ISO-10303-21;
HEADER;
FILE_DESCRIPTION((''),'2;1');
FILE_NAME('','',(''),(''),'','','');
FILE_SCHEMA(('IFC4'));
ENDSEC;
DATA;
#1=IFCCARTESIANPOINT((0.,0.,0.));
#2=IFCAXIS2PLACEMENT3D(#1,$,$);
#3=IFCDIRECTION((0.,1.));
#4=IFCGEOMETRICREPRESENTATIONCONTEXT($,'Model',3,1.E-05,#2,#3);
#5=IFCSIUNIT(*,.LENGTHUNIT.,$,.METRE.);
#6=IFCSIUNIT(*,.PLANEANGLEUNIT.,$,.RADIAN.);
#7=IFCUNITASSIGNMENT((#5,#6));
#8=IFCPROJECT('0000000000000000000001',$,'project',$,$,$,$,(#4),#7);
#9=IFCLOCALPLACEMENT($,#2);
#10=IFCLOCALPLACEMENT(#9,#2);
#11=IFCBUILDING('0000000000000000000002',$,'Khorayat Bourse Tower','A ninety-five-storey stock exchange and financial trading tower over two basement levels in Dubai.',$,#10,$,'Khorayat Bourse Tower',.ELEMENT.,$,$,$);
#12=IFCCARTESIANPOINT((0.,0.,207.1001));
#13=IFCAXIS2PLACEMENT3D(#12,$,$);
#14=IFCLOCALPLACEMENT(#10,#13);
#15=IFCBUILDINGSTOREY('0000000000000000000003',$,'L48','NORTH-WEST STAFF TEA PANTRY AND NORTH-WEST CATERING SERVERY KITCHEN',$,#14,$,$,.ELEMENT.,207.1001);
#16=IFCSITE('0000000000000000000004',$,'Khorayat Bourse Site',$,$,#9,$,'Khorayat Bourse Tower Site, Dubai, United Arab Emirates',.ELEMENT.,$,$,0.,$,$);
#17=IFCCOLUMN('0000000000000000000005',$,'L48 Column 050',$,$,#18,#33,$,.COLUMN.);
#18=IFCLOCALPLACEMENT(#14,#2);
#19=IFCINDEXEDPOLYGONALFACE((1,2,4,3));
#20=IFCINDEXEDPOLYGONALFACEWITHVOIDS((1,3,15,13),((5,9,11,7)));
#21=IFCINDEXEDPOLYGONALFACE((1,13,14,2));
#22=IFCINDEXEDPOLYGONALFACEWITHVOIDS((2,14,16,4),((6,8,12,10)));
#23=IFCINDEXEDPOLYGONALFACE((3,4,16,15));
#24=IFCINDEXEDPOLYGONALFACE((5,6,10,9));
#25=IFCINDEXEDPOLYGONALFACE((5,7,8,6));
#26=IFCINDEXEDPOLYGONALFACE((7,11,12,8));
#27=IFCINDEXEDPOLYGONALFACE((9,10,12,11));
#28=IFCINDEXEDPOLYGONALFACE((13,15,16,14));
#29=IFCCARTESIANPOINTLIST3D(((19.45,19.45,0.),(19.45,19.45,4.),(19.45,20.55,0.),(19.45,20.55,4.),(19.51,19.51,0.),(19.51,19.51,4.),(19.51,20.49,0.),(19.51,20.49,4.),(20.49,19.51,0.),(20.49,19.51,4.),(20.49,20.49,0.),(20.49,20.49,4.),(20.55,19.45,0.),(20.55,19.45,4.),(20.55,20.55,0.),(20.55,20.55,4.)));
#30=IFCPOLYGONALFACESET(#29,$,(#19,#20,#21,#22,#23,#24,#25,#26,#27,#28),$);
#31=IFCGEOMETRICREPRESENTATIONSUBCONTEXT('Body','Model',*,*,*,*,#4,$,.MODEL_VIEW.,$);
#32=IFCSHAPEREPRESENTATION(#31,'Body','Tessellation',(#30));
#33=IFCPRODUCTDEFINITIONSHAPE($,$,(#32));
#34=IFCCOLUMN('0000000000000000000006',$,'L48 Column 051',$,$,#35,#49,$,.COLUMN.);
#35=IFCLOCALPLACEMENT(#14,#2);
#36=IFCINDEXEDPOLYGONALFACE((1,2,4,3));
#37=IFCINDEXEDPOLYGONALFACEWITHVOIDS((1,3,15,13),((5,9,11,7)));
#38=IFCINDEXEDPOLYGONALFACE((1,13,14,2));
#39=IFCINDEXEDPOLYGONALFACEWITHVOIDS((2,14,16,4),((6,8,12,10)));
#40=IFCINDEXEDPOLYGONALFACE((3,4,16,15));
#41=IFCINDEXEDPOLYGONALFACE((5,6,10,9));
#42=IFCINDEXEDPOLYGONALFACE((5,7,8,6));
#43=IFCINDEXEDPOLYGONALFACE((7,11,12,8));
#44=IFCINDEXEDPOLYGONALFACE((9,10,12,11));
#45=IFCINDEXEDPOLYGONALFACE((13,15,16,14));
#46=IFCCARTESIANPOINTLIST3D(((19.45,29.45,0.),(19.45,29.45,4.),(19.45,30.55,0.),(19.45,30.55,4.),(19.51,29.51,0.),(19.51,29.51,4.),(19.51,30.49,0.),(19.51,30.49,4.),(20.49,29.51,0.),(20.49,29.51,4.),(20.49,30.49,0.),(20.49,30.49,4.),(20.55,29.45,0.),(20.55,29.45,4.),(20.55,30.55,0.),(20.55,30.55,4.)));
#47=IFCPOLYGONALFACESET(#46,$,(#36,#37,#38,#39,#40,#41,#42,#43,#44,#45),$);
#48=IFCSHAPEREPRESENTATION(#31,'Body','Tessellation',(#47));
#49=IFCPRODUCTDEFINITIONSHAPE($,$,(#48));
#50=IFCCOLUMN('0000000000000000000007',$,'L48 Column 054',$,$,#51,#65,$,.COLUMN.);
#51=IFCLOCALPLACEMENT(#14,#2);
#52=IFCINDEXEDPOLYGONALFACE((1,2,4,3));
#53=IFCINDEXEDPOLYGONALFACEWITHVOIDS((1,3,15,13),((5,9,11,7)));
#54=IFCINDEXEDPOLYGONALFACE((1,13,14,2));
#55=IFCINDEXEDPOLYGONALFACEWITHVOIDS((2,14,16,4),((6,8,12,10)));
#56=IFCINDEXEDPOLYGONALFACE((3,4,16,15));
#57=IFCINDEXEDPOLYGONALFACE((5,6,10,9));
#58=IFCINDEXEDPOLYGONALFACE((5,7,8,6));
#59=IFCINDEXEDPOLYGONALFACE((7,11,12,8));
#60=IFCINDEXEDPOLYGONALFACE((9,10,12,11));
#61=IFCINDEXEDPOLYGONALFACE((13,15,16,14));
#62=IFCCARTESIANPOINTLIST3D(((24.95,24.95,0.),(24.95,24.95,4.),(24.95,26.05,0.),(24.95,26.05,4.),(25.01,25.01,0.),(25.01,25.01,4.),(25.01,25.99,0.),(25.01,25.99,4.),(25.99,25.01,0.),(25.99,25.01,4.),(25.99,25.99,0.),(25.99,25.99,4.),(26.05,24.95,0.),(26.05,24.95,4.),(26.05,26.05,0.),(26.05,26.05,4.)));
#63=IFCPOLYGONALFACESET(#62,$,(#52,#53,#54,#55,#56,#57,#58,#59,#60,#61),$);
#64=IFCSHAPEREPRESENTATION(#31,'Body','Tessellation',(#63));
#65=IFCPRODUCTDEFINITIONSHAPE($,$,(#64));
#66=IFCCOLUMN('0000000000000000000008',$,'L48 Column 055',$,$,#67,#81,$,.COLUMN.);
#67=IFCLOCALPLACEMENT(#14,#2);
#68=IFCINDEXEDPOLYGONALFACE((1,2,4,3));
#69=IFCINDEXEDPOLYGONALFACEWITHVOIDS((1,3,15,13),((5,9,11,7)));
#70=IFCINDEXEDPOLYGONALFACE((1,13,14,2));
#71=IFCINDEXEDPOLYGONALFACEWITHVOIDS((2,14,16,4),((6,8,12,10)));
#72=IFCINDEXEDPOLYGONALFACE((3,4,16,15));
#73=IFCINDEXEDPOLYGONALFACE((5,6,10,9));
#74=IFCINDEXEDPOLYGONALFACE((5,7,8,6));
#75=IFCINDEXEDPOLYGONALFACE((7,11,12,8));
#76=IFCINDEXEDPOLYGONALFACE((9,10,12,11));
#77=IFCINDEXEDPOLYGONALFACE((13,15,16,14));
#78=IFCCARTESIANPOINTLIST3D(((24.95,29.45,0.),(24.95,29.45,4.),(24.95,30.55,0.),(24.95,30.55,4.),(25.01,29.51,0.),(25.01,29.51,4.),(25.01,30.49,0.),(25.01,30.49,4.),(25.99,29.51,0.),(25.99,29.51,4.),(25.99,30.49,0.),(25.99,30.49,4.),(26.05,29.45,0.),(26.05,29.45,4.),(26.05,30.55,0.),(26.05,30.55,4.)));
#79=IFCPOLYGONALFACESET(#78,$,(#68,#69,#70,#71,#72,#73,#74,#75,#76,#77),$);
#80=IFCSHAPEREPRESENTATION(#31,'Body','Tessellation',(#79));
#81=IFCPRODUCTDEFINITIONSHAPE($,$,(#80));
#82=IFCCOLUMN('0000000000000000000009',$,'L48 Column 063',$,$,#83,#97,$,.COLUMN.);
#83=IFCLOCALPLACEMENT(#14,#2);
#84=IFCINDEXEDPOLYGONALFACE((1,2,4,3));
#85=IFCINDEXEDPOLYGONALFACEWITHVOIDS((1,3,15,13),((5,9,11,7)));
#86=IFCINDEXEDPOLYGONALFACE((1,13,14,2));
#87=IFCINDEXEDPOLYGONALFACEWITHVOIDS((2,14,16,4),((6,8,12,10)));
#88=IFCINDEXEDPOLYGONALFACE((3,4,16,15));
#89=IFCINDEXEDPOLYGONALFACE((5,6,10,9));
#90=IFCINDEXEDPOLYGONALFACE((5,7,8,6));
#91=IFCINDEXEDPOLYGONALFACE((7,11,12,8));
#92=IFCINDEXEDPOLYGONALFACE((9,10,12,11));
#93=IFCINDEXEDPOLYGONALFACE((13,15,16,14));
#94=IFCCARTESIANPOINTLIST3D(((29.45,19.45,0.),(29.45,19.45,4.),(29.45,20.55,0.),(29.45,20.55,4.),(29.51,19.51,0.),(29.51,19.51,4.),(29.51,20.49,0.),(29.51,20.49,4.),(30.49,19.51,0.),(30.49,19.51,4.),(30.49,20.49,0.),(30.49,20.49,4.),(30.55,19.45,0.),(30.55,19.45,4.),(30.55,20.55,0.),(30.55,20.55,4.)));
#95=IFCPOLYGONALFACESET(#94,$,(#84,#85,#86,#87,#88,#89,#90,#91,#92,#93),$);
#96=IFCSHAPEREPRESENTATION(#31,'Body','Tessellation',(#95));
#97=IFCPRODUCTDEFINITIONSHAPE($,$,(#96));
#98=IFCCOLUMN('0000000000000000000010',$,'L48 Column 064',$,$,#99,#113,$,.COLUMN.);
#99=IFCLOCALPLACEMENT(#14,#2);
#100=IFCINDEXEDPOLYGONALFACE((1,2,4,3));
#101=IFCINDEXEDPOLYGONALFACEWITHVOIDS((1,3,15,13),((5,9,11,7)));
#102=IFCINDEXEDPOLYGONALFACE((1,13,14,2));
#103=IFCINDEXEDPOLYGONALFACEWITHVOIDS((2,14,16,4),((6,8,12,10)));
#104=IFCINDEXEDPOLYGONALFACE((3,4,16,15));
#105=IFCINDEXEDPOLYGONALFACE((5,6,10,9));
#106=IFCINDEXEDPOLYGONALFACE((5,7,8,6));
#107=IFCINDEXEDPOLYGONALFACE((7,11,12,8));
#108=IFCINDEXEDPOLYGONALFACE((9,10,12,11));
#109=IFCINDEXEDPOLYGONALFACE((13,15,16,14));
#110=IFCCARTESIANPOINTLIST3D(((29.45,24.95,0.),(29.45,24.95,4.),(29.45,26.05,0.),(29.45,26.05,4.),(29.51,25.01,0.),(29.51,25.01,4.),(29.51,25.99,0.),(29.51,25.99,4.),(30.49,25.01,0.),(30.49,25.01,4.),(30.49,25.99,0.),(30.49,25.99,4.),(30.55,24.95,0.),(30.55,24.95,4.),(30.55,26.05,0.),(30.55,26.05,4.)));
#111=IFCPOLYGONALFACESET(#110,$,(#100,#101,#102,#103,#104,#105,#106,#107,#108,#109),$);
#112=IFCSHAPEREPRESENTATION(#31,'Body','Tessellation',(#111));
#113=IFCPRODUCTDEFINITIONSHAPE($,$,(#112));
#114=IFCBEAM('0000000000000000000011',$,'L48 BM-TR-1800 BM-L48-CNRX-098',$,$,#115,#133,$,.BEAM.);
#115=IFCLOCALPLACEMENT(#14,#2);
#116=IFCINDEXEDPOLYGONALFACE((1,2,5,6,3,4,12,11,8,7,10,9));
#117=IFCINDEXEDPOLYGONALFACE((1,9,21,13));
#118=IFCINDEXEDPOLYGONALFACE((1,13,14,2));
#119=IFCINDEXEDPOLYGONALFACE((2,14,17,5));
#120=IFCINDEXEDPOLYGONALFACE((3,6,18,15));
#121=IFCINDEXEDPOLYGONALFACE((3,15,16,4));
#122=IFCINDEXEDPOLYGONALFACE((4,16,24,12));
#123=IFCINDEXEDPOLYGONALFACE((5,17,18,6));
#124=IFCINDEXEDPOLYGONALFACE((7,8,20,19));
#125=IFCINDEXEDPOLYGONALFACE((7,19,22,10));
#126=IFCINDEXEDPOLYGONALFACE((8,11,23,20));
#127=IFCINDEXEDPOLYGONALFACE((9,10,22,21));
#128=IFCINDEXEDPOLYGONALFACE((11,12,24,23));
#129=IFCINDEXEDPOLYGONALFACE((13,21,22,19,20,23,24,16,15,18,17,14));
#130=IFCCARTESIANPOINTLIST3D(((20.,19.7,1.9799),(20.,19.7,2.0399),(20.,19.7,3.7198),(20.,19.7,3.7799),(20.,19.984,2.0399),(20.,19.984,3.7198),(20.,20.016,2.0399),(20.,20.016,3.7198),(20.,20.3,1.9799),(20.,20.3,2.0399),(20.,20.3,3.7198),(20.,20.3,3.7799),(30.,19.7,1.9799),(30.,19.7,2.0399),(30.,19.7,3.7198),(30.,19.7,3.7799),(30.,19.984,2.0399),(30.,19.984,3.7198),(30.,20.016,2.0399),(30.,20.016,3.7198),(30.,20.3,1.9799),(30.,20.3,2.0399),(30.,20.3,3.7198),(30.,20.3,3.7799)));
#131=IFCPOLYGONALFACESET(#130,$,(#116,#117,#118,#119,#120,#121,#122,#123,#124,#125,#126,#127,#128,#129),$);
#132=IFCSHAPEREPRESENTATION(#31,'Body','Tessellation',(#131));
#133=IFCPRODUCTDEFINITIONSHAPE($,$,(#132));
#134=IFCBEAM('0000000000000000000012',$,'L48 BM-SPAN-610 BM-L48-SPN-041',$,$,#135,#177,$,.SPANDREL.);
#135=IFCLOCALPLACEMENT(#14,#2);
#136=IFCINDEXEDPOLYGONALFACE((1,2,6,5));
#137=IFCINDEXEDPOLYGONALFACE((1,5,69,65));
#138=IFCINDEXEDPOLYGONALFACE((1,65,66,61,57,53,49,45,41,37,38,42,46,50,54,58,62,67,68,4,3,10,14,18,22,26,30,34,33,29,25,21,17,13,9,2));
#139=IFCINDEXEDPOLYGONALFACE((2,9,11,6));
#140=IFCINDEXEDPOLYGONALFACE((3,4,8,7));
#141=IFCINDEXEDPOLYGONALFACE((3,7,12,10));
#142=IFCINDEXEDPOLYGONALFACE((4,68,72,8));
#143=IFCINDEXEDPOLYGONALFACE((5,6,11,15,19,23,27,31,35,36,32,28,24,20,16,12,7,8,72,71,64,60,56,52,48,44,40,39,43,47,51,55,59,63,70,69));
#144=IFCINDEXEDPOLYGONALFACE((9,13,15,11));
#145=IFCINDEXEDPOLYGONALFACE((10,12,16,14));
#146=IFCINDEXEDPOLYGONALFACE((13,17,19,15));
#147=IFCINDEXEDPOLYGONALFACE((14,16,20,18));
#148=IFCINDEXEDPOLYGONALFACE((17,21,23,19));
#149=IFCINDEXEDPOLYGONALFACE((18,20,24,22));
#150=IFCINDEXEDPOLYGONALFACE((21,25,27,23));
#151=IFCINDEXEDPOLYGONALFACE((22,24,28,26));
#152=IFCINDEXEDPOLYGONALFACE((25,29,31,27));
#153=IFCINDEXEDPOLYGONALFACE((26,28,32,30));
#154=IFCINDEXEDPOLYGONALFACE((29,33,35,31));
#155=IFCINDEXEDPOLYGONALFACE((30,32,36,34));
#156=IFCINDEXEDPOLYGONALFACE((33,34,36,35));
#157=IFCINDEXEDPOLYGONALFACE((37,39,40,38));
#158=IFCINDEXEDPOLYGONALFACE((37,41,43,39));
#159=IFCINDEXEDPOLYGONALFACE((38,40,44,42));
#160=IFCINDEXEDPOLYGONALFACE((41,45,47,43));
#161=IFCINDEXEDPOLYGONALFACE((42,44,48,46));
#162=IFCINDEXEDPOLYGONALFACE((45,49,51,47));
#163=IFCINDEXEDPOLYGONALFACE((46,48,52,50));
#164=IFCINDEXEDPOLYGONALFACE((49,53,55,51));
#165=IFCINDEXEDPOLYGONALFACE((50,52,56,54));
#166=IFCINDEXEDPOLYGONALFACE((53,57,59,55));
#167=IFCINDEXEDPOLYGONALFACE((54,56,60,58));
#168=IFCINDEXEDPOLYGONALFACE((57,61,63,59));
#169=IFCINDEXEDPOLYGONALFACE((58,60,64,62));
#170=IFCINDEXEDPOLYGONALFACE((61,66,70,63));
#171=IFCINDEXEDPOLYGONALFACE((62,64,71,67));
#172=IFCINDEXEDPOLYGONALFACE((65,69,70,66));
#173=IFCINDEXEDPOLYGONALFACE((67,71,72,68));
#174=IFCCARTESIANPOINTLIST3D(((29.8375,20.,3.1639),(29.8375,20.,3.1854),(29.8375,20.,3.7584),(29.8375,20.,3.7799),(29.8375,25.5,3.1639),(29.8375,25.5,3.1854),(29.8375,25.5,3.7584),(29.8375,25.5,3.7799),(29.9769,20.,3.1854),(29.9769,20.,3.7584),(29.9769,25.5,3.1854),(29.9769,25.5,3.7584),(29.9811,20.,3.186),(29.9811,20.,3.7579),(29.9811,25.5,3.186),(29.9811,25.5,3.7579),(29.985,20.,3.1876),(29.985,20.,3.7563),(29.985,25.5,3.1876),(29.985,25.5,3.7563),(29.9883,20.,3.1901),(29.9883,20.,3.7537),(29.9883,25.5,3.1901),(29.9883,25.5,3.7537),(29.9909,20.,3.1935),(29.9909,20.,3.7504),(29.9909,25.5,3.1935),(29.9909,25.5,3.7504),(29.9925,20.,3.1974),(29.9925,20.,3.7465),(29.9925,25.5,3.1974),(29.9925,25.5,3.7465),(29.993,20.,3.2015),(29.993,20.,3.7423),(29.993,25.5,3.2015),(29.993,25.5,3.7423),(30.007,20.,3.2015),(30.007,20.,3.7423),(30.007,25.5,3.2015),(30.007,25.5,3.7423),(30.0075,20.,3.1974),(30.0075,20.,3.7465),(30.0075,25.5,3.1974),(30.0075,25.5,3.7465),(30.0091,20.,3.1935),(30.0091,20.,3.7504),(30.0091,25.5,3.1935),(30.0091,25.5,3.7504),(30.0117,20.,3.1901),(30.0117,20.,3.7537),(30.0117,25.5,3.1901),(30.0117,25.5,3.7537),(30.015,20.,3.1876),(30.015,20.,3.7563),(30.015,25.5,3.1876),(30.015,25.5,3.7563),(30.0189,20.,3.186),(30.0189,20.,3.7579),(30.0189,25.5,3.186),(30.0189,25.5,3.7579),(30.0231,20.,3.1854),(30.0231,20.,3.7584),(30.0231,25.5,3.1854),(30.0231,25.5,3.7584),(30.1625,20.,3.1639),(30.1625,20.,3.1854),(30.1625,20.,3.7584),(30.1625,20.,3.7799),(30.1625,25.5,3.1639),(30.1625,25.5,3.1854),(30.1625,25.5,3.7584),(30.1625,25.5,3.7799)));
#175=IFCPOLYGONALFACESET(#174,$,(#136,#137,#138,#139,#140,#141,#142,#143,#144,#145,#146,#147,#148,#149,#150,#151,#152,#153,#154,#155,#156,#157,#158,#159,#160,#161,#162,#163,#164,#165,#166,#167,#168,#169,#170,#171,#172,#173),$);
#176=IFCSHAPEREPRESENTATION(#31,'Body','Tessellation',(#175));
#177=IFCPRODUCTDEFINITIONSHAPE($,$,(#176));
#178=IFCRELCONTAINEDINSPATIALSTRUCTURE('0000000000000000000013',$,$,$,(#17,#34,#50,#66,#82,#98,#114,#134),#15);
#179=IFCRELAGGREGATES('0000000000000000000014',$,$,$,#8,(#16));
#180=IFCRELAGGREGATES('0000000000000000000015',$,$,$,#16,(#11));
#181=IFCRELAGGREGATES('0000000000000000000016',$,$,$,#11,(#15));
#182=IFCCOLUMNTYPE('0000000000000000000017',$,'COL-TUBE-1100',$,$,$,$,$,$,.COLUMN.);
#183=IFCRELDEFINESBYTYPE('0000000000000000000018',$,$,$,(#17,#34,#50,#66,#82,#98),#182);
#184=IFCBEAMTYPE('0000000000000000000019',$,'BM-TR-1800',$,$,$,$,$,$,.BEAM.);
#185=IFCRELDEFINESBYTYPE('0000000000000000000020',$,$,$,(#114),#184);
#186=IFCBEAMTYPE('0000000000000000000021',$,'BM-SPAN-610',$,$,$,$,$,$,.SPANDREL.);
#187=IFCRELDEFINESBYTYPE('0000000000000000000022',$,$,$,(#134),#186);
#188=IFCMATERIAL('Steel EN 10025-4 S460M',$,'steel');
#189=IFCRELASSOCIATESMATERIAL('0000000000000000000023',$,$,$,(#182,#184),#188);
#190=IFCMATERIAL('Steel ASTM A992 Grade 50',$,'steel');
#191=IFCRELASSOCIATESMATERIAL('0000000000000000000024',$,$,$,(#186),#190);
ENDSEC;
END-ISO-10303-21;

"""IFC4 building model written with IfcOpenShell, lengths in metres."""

from ifc_helpers import new_model, si_unit, direction, frame, origin, origin_2d, place, context, subcontext, project, spatial, hollow_rectangle, i_section, extrude, source, transform, mapped, material, material_profile, profile_set, type_object, element, save


model = new_model("IFC4")

# Units and contexts
model_context = context("Model", 3, precision=1e-05, world=origin(), true_north=direction((0.0, 1.0)))
body_context = subcontext(model_context, "Body", "Model", "MODEL_VIEW")
ifc_project = project(units=[si_unit("LENGTHUNIT", "METRE"), si_unit("PLANEANGLEUNIT", "RADIAN")], contexts=[model_context])

# Site, building, storey
site_placement = place(None, origin())
site = spatial("IfcSite", under=ifc_project, at=site_placement, Name="Khorayat Bourse Site", LongName="Khorayat Bourse Tower Site, Dubai, United Arab Emirates", CompositionType="ELEMENT", RefElevation=0.0)
building_placement = place(site_placement, origin())
building = spatial("IfcBuilding", under=site, at=building_placement, Name="Khorayat Bourse Tower", Description="A ninety-five-storey stock exchange and financial trading tower over two basement levels in Dubai.", LongName="Khorayat Bourse Tower", CompositionType="ELEMENT")
storey_placement = place(building_placement, frame((0.0, 0.0, 207.1001)))
storey = spatial("IfcBuildingStorey", under=building, at=storey_placement, Name="L48", Description="NORTH-WEST STAFF TEA PANTRY AND NORTH-WEST CATERING SERVERY KITCHEN", CompositionType="ELEMENT", Elevation=207.1001)

# Columns
ifc_material_1 = material(Name="Steel EN 10025-4 S460M", Category="steel")
ifc_material_profile_1 = material_profile(ifc_material_1, hollow_rectangle(XDim=1.1001, YDim=1.1001, WallThickness=0.0601, at=origin_2d()), Name="BOX 1100x1100x60")
ifc_profile_set_1 = profile_set([ifc_material_profile_1], Name="Steel EN 10025-4 S460M")
column_type = type_object("IfcColumnType", Name="COL-TUBE-1100", PredefinedType="COLUMN", material=ifc_profile_set_1)
shared_shape_1 = source(origin(), body_context, "Body", "SweptSolid", [
    extrude(hollow_rectangle(XDim=1.1001, YDim=1.1001, WallThickness=0.0601, at=origin_2d()), origin(), (0.0, 0.0, 1.0), 4.0),
])
for number, where, z_axis, x_axis, name in (
    (1, (20.0, 20.0, 0.0), (0.0, 0.0, 1.0), (1.0, 0.0, 0.0), "L48 Column 050"),
    (2, (20.0, 30.0, 0.0), (0.0, 0.0, 1.0), (1.0, 0.0, 0.0), "L48 Column 051"),
    (3, (25.5, 25.5, 0.0), (0.0, 0.0, 1.0), (1.0, 0.0, 0.0), "L48 Column 054"),
    (4, (25.5, 30.0, 0.0), (0.0, 0.0, 1.0), (1.0, 0.0, 0.0), "L48 Column 055"),
    (5, (30.0, 20.0, 0.0), (0.0, 0.0, 1.0), (1.0, 0.0, 0.0), "L48 Column 063"),
    (6, (30.0, 25.5, 0.0), (0.0, 0.0, 1.0), (1.0, 0.0, 0.0), "L48 Column 064"),
):
    element("IfcColumn", number, at=place(storey_placement, frame(where, z_axis=z_axis, x_axis=x_axis)), inside=storey, type_object=column_type, Name=name, PredefinedType="COLUMN", context=body_context, shape_type="MappedRepresentation", body=[
        mapped(shared_shape_1, transform((0.0, 0.0, 0.0), scale=1.0)),
    ])

# Beams
ifc_material_profile_2 = material_profile(ifc_material_1, i_section(OverallWidth=0.6001, OverallDepth=1.8, WebThickness=0.032, FlangeThickness=0.0601, at=origin_2d()), Name="PG 1800x600x32x60")
ifc_profile_set_2 = profile_set([ifc_material_profile_2], Name="Steel EN 10025-4 S460M")
beam_type_1 = type_object("IfcBeamType", Name="BM-TR-1800", PredefinedType="BEAM", material=ifc_profile_set_2)
shared_shape_2 = source(origin(), body_context, "Body", "SweptSolid", [
    extrude(i_section(OverallWidth=0.6001, OverallDepth=1.8, WebThickness=0.032, FlangeThickness=0.0601, at=origin_2d()), origin(), (0.0, 0.0, 1.0), 10.0),
])
beam_placement = place(storey_placement, frame((20.0, 20.0, 2.8799), z_axis=(1.0, 0.0, 0.0), x_axis=(0.0, 1.0, 0.0)))
element("IfcBeam", 7, at=beam_placement, inside=storey, type_object=beam_type_1, Name="L48 BM-TR-1800 BM-L48-CNRX-098", PredefinedType="BEAM", context=body_context, shape_type="MappedRepresentation", body=[
    mapped(shared_shape_2, transform((0.0, 0.0, 0.0), scale=1.0)),
])
ifc_material_2 = material(Name="Steel ASTM A992 Grade 50", Category="steel")
ifc_material_profile_3 = material_profile(ifc_material_2, i_section(OverallWidth=0.325, OverallDepth=0.616, WebThickness=0.0139, FlangeThickness=0.0215, FilletRadius=0.0161, at=origin_2d()), Name="W610X174")
ifc_profile_set_3 = profile_set([ifc_material_profile_3], Name="Steel ASTM A992 Grade 50")
beam_type_2 = type_object("IfcBeamType", Name="BM-SPAN-610", PredefinedType="SPANDREL", material=ifc_profile_set_3)
shared_shape_3 = source(origin(), body_context, "Body", "SweptSolid", [
    extrude(i_section(OverallWidth=0.325, OverallDepth=0.616, WebThickness=0.0139, FlangeThickness=0.0215, FilletRadius=0.0161, at=origin_2d()), origin(), (0.0, 0.0, 1.0), 5.5),
])
for number, where, z_axis, x_axis, name in (
    (8, (30.0, 20.0, 3.4719), (0.0, 1.0, 0.0), (-1.0, 0.0, 0.0), "L48 BM-SPAN-610 BM-L48-SPN-041"),
):
    element("IfcBeam", number, at=place(storey_placement, frame(where, z_axis=z_axis, x_axis=x_axis)), inside=storey, type_object=beam_type_2, Name=name, PredefinedType="SPANDREL", context=body_context, shape_type="MappedRepresentation", body=[
        mapped(shared_shape_3, transform((0.0, 0.0, 0.0), scale=1.0)),
    ])

save(model, "model.ifc")
